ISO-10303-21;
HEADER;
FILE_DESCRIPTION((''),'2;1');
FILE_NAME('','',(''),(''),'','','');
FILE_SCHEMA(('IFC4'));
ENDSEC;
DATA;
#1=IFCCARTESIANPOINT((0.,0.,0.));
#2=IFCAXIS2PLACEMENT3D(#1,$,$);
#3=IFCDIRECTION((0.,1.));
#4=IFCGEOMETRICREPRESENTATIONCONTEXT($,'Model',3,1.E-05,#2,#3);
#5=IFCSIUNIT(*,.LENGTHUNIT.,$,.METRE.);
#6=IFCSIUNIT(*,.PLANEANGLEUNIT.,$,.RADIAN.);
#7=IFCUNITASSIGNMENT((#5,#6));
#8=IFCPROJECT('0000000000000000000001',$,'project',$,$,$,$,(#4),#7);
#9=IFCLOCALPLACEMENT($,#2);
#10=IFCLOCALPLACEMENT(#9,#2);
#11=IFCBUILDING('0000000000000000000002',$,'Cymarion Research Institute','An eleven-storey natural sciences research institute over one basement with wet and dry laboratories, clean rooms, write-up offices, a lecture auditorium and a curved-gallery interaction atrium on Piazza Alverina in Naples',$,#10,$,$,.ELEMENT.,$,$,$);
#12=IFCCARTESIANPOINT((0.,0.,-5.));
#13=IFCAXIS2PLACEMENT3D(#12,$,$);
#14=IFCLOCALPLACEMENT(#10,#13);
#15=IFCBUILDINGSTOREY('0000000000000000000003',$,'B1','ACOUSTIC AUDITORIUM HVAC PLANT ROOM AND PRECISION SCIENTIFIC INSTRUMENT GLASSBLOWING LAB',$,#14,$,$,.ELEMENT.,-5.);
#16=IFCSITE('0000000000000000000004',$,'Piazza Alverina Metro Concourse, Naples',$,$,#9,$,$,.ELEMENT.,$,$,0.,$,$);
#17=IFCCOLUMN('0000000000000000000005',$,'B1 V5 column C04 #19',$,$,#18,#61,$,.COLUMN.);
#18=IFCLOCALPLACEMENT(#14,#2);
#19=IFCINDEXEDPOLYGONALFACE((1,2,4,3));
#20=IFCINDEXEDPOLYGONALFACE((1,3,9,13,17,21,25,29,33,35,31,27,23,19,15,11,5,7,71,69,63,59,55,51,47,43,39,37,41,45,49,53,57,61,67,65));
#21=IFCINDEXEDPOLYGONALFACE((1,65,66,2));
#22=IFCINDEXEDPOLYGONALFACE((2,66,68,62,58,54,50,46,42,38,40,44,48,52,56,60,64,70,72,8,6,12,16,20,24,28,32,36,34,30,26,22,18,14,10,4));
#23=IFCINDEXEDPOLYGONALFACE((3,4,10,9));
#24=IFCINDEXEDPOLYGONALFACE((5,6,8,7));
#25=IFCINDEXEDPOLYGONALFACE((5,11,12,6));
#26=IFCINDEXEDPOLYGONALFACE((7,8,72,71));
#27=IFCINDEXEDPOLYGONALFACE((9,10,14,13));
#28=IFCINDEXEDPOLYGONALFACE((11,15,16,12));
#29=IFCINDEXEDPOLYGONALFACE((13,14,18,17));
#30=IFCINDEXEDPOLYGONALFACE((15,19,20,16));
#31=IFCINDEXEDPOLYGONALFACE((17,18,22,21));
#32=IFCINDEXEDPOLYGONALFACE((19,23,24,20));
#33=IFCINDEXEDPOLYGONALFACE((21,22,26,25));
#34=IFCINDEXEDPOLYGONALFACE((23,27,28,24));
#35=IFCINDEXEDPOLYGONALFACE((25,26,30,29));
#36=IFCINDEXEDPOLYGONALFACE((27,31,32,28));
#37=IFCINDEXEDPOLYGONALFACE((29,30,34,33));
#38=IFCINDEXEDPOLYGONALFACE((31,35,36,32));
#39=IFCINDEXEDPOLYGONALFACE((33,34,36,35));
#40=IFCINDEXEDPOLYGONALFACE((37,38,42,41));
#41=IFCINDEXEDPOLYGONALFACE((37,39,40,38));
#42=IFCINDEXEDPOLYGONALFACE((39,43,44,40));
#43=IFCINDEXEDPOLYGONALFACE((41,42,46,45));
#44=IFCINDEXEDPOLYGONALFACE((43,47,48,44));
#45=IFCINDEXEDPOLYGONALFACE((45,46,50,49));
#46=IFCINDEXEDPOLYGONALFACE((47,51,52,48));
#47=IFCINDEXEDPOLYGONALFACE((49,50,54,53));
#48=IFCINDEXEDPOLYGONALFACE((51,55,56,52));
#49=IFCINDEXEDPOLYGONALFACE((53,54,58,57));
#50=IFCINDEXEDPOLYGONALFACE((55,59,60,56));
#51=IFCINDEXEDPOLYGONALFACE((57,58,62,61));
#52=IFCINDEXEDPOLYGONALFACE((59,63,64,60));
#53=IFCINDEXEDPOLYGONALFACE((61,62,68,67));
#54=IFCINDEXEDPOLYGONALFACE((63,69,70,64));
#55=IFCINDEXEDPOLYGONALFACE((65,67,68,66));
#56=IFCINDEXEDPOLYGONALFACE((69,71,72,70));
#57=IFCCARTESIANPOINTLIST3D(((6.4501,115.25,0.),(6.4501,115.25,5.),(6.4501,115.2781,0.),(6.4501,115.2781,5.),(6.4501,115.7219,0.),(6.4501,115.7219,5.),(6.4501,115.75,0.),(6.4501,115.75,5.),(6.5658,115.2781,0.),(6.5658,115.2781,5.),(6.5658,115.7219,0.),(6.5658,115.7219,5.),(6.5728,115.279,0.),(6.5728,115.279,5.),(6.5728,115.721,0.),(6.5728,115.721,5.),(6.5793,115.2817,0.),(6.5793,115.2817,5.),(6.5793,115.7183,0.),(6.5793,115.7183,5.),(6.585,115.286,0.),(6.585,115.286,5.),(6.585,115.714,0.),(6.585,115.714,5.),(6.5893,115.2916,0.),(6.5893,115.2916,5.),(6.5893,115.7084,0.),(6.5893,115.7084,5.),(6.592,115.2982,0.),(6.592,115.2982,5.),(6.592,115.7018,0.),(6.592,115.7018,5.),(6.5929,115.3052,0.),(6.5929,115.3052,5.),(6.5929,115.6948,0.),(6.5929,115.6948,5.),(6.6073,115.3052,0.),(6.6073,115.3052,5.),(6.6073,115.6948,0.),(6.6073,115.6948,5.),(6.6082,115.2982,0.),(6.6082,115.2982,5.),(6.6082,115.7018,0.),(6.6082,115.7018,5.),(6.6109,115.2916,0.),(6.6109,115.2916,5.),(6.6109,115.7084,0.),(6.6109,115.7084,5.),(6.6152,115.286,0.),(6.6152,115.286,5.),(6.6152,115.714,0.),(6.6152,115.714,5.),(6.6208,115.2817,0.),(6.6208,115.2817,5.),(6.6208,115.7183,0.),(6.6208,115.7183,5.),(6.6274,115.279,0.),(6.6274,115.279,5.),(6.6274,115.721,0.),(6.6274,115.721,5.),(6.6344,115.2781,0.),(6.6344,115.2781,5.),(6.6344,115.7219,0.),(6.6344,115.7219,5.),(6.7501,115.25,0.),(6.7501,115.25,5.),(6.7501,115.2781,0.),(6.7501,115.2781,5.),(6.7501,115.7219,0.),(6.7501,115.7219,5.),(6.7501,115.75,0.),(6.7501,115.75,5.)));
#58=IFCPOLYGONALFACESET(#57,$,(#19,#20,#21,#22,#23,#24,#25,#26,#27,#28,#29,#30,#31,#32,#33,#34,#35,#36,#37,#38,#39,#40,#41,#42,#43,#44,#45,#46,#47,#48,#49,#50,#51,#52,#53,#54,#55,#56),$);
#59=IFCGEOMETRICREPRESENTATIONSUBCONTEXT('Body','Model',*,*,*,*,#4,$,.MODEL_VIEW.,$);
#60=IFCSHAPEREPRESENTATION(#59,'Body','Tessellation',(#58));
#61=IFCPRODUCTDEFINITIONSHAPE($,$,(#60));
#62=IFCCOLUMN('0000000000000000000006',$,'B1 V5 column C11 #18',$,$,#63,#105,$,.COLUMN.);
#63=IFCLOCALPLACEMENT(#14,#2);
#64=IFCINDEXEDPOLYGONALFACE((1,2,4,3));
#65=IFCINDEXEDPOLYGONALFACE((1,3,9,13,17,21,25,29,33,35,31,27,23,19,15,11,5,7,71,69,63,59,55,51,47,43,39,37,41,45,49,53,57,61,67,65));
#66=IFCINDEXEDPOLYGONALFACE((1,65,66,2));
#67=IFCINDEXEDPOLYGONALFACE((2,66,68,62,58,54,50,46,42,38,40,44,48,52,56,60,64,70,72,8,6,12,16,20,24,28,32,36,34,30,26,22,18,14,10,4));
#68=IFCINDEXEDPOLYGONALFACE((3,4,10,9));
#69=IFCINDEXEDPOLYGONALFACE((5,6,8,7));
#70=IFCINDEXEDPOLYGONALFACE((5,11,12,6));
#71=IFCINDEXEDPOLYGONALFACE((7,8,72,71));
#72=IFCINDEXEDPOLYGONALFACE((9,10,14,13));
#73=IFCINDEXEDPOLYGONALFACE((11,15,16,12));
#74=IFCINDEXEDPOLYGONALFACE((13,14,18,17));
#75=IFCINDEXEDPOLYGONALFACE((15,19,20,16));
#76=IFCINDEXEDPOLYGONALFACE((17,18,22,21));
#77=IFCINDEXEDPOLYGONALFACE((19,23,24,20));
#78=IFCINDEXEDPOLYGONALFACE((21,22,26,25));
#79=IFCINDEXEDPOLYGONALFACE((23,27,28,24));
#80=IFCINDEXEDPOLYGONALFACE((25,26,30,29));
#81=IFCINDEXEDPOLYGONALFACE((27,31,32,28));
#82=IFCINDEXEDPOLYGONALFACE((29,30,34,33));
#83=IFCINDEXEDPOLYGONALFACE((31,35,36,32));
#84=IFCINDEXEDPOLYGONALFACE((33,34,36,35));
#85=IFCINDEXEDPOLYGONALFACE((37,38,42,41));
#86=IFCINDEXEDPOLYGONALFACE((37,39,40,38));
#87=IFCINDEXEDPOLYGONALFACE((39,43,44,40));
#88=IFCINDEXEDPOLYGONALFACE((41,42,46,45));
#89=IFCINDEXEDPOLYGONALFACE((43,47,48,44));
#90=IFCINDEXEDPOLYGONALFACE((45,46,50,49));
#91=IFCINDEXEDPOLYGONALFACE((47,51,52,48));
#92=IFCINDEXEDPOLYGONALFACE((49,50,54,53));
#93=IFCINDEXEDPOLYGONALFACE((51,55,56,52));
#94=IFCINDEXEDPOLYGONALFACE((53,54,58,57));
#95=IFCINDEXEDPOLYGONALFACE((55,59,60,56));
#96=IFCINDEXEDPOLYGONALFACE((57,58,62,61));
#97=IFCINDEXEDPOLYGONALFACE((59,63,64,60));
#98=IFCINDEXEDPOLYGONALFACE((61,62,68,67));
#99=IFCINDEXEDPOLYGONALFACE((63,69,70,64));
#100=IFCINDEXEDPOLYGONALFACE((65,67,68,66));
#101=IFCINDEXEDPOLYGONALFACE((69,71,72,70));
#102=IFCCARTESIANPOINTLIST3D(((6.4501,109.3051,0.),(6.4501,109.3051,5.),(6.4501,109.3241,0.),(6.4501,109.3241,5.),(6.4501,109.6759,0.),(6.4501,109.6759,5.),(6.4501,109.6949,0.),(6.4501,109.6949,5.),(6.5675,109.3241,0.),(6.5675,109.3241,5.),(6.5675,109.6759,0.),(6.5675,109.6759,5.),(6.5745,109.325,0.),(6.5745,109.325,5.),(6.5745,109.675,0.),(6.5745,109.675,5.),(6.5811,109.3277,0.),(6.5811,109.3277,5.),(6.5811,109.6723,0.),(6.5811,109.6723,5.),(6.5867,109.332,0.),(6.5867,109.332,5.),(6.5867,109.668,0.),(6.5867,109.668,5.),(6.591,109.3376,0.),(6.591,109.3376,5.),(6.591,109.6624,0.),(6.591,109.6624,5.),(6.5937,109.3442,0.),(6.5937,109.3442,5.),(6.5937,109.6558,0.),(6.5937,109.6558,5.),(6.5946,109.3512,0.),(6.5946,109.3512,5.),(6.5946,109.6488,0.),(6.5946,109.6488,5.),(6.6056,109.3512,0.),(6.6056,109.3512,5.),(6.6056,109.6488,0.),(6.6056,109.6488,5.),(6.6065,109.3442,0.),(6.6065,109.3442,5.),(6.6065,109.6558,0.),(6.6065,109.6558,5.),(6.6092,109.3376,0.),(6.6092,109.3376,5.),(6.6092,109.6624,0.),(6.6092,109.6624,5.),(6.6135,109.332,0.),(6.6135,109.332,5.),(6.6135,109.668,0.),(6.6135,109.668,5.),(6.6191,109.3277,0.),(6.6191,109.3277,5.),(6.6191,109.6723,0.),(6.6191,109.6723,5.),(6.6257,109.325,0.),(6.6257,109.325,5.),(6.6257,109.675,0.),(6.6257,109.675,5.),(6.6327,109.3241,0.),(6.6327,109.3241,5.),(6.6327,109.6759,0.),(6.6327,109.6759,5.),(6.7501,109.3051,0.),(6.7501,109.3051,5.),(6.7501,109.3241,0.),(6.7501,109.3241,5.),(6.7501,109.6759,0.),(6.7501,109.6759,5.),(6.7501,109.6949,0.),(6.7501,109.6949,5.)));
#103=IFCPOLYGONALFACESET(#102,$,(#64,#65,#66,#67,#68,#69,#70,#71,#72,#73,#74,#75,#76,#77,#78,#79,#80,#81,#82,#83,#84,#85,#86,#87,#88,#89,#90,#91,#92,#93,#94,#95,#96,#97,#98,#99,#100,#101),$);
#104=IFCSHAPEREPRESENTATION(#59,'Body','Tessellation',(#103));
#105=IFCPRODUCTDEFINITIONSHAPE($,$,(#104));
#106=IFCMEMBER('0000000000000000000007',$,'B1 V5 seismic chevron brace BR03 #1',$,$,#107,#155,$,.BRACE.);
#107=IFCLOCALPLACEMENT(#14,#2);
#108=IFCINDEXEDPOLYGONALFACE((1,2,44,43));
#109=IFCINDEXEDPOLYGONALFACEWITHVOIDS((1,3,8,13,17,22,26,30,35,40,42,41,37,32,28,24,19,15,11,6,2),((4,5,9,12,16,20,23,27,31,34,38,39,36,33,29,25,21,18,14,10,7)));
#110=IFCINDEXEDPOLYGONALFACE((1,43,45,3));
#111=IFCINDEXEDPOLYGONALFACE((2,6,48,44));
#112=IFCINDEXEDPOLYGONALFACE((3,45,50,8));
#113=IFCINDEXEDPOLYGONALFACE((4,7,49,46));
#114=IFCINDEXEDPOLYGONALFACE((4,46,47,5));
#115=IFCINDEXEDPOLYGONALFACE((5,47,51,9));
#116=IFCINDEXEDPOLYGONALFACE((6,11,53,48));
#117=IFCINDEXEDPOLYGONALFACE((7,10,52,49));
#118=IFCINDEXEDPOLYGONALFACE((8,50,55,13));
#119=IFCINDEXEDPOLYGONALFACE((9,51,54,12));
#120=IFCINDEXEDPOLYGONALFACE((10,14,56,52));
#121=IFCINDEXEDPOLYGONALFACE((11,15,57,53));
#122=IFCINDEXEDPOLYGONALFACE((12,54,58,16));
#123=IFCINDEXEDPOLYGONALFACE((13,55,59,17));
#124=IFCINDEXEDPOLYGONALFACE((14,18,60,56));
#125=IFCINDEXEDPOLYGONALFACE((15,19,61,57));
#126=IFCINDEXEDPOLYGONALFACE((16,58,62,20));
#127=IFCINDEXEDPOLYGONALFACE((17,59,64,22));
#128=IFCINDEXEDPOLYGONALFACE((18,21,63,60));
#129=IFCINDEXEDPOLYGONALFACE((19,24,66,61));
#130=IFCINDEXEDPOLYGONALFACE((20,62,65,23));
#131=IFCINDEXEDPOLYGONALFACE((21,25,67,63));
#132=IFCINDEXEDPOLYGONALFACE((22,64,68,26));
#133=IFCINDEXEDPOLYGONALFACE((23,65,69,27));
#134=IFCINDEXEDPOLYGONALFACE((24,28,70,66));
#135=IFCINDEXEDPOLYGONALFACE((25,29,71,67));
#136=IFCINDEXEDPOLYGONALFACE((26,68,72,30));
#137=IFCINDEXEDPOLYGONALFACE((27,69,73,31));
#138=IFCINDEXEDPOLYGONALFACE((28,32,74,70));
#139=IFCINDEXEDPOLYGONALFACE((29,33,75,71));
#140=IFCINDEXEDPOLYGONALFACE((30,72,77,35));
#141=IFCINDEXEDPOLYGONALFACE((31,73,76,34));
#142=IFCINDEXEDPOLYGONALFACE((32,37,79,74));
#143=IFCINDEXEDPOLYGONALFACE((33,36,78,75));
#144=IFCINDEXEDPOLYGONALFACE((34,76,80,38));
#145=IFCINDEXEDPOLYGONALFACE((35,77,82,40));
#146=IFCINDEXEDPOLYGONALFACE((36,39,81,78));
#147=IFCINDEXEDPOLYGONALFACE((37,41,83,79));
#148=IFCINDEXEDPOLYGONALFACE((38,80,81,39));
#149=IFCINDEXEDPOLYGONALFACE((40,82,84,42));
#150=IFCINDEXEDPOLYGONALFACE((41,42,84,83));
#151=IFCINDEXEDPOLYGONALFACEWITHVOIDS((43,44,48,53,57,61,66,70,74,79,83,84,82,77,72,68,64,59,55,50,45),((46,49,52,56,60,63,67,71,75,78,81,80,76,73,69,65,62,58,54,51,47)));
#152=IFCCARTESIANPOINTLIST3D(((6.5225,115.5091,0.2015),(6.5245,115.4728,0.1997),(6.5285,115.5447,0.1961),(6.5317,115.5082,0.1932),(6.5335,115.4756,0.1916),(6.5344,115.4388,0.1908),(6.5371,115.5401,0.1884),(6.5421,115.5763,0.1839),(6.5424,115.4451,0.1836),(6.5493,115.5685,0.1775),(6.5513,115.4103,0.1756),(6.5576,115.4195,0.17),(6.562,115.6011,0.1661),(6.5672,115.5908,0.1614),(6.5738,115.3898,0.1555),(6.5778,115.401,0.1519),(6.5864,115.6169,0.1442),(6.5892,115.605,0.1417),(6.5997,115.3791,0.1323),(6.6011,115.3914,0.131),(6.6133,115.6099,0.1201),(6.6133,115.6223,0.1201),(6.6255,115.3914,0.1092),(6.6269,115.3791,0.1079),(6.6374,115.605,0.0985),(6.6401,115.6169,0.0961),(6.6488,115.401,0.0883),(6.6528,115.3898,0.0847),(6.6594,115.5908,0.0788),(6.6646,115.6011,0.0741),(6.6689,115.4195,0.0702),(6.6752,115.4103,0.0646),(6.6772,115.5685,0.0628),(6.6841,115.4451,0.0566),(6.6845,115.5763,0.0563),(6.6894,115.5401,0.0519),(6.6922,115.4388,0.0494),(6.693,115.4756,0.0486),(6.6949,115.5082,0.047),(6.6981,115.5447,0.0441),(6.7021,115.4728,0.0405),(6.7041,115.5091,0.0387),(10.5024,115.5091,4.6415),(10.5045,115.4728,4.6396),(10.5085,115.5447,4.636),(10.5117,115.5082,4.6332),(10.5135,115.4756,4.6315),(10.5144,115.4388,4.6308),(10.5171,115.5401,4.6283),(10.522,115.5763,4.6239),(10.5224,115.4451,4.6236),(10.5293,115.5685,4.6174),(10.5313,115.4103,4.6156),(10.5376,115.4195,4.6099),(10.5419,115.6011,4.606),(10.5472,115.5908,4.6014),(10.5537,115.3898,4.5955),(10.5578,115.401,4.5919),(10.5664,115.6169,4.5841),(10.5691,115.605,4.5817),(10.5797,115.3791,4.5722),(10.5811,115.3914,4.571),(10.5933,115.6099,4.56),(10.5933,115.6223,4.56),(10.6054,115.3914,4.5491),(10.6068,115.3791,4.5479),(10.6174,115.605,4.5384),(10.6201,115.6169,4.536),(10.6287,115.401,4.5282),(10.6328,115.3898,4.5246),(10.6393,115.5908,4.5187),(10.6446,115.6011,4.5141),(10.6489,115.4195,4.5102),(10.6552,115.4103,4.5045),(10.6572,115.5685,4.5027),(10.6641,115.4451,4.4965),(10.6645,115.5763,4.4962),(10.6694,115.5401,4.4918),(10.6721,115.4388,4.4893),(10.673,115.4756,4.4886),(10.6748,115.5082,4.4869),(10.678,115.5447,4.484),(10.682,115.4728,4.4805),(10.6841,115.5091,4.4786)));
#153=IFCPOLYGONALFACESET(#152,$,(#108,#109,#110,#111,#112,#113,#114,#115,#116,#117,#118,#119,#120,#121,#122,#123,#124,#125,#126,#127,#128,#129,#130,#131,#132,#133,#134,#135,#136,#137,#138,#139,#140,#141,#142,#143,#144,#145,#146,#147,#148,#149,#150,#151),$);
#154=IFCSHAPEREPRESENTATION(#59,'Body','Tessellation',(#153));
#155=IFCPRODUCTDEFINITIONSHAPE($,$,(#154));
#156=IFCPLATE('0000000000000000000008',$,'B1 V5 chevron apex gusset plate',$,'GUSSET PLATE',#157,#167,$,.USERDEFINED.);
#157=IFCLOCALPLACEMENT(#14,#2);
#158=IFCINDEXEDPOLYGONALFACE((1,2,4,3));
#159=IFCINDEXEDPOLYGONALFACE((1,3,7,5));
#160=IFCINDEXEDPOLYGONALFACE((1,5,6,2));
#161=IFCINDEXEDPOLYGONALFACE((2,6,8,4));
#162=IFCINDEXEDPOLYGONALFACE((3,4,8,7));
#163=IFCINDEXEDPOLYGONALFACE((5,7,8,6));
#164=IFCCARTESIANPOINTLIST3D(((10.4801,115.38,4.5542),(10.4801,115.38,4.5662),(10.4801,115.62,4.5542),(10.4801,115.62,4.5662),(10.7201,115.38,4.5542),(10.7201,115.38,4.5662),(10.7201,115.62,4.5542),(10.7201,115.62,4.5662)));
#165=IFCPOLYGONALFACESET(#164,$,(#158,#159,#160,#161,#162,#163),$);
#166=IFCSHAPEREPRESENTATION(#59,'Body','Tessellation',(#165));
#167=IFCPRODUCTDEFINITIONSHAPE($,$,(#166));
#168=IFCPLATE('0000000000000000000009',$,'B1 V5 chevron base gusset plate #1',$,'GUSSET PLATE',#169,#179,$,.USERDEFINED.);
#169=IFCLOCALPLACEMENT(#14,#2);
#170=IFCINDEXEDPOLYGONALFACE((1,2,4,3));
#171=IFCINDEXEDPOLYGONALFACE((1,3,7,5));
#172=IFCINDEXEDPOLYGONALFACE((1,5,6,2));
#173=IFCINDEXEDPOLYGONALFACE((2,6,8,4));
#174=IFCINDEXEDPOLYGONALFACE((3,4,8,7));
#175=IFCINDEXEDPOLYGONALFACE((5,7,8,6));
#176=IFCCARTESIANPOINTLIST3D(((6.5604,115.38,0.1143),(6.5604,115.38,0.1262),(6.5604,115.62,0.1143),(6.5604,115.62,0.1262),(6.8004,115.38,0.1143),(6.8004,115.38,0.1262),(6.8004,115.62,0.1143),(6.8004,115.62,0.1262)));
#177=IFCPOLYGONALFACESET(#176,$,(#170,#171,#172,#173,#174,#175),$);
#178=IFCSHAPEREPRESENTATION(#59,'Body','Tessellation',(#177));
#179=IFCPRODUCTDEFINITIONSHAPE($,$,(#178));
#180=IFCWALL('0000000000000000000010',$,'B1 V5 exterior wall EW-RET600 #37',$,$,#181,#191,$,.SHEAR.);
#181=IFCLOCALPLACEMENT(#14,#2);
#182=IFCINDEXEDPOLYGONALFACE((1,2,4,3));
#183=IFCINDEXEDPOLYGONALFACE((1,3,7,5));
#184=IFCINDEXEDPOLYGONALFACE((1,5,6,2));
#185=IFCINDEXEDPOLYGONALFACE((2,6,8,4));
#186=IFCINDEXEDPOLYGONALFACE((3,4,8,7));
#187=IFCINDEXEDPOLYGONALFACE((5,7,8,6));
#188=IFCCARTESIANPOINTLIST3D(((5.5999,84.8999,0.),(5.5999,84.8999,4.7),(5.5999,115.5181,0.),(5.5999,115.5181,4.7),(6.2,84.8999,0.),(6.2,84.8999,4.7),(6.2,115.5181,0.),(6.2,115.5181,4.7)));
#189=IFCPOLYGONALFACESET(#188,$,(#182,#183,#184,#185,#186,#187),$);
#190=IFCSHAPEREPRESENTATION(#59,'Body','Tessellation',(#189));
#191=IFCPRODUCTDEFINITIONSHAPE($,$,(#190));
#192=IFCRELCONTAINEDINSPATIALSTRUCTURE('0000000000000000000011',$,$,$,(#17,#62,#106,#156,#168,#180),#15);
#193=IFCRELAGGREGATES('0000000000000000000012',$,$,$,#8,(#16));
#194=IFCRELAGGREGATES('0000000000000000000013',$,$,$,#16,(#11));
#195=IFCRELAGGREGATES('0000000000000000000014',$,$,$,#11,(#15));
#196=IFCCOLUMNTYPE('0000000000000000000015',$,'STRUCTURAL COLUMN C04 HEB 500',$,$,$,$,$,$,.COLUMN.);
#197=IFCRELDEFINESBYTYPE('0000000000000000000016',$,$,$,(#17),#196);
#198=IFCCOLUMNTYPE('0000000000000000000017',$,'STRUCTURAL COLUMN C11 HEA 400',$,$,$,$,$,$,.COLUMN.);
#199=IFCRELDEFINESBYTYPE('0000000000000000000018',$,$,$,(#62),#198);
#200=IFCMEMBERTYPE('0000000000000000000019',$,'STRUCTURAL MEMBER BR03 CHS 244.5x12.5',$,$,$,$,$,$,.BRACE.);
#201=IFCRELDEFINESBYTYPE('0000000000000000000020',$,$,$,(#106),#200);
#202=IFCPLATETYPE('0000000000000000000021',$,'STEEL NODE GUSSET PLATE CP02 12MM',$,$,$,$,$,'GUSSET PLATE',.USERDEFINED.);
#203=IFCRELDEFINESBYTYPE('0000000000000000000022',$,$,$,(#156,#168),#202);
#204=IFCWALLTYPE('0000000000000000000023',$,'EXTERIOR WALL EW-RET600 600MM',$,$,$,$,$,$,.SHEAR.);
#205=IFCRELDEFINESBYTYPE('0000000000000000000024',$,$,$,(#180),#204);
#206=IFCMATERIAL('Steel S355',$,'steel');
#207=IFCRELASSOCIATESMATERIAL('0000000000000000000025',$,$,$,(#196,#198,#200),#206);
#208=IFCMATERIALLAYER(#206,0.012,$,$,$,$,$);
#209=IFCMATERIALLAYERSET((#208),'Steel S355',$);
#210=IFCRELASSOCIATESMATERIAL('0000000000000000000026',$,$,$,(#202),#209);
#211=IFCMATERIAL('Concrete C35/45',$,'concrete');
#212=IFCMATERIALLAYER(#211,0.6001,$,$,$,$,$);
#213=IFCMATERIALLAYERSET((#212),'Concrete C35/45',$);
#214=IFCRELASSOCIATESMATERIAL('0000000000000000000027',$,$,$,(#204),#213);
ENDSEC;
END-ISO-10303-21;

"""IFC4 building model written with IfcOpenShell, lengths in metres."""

from ifc_helpers import new_model, si_unit, direction, frame, frame_2d, origin, origin_2d, place, context, subcontext, project, spatial, rectangle, hollow_circle, i_section, extrude, material, layer, layer_set, material_profile, profile_set, type_object, element, save


model = new_model("IFC4")

# Units and contexts
model_context = context("Model", 3, precision=1e-05, world=origin(), true_north=direction((0.0, 1.0)))
body_context = subcontext(model_context, "Body", "Model", "MODEL_VIEW")
ifc_project = project(units=[si_unit("LENGTHUNIT", "METRE"), si_unit("PLANEANGLEUNIT", "RADIAN")], contexts=[model_context])

# Site, building, storey
site_placement = place(None, origin())
site = spatial("IfcSite", under=ifc_project, at=site_placement, Name="Piazza Alverina Metro Concourse, Naples", CompositionType="ELEMENT", RefElevation=0.0)
building_placement = place(site_placement, origin())
building = spatial("IfcBuilding", under=site, at=building_placement, Name="Cymarion Research Institute", Description="An eleven-storey natural sciences research institute over one basement with wet and dry laboratories, clean rooms, write-up offices, a lecture auditorium and a curved-gallery interaction atrium on Piazza Alverina in Naples", CompositionType="ELEMENT")
storey_placement = place(building_placement, frame((0.0, 0.0, -5.0)))
storey = spatial("IfcBuildingStorey", under=building, at=storey_placement, Name="B1", Description="ACOUSTIC AUDITORIUM HVAC PLANT ROOM AND PRECISION SCIENTIFIC INSTRUMENT GLASSBLOWING LAB", CompositionType="ELEMENT", Elevation=-5.0)

# Shared definitions
ifc_material_1 = material(Name="Concrete C35/45", Category="concrete")

# Columns
ifc_material_2 = material(Name="Steel S355", Category="steel")
ifc_material_profile_1 = material_profile(ifc_material_2, i_section(OverallWidth=0.3, OverallDepth=0.5, WebThickness=0.0144, FlangeThickness=0.0281, FilletRadius=0.0271, at=origin_2d()), Name="HEB 500")
ifc_profile_set_1 = profile_set([ifc_material_profile_1], Name="Steel S355")
column_type_1 = type_object("IfcColumnType", Name="STRUCTURAL COLUMN C04 HEB 500", PredefinedType="COLUMN", material=ifc_profile_set_1)
for number, where, z_axis, x_axis, name in (
    (1, (6.6001, 115.5, 0.0), (0.0, 0.0, 1.0), (1.0, 0.0, 0.0), "B1 V5 column C04 #19"),
):
    element("IfcColumn", number, at=place(storey_placement, frame(where, z_axis=z_axis, x_axis=x_axis)), inside=storey, type_object=column_type_1, Name=name, PredefinedType="COLUMN", context=body_context, shape_type="SweptSolid", body=[
        extrude(i_section(OverallWidth=0.3, OverallDepth=0.5, WebThickness=0.0144, FlangeThickness=0.0281, FilletRadius=0.0271, at=origin_2d()), origin(), (0.0, 0.0, 1.0), 5.0),
    ])
ifc_material_profile_2 = material_profile(ifc_material_2, i_section(OverallWidth=0.3, OverallDepth=0.3899, WebThickness=0.011, FlangeThickness=0.019, FilletRadius=0.0271, at=origin_2d()), Name="HEA 400")
ifc_profile_set_2 = profile_set([ifc_material_profile_2], Name="Steel S355")
column_type_2 = type_object("IfcColumnType", Name="STRUCTURAL COLUMN C11 HEA 400", PredefinedType="COLUMN", material=ifc_profile_set_2)
column_placement = place(storey_placement, frame((6.6001, 109.5, 0.0), z_axis=(0.0, 0.0, 1.0), x_axis=(1.0, 0.0, 0.0)))
element("IfcColumn", 2, at=column_placement, inside=storey, type_object=column_type_2, Name="B1 V5 column C11 #18", PredefinedType="COLUMN", context=body_context, shape_type="SweptSolid", body=[
    extrude(i_section(OverallWidth=0.3, OverallDepth=0.3899, WebThickness=0.011, FlangeThickness=0.019, FilletRadius=0.0271, at=origin_2d()), origin(), (0.0, 0.0, 1.0), 5.0),
])

# Member
ifc_material_profile_3 = material_profile(ifc_material_2, hollow_circle(Radius=0.1223, WallThickness=0.0125, at=origin_2d()), Name="CHS 244.5x12.5")
ifc_profile_set_3 = profile_set([ifc_material_profile_3], Name="Steel S355")
member_type = type_object("IfcMemberType", Name="STRUCTURAL MEMBER BR03 CHS 244.5x12.5", PredefinedType="BRACE", material=ifc_profile_set_3)
member_placement = place(storey_placement, frame((6.6133, 115.5, 0.1201), z_axis=(0.667484, 0.0, 0.744624), x_axis=(0.0, 1.0, 0.0)))
element("IfcMember", 3, at=member_placement, inside=storey, type_object=member_type, Name="B1 V5 seismic chevron brace BR03 #1", PredefinedType="BRACE", context=body_context, shape_type="SweptSolid", body=[
    extrude(hollow_circle(Radius=0.1223, WallThickness=0.0125, at=origin_2d()), origin(), (0.0, 0.0, 1.0), 5.9626),
])

# Plates
ifc_layer_1 = layer(ifc_material_2, 0.012)
ifc_layer_set_1 = layer_set([ifc_layer_1], Name="Steel S355")
plate_type = type_object("IfcPlateType", Name="STEEL NODE GUSSET PLATE CP02 12MM", ElementType="GUSSET PLATE", PredefinedType="USERDEFINED", material=ifc_layer_set_1)
for number, where, z_axis, x_axis, name in (
    (4, (10.6001, 115.5, 4.5542), (0.0, 0.0, 1.0), (1.0, 0.0, 0.0), "B1 V5 chevron apex gusset plate"),
    (5, (6.6804, 115.5, 0.1143), (0.0, 0.0, 1.0), (1.0, 0.0, 0.0), "B1 V5 chevron base gusset plate #1"),
):
    element("IfcPlate", number, at=place(storey_placement, frame(where, z_axis=z_axis, x_axis=x_axis)), inside=storey, type_object=plate_type, Name=name, ObjectType="GUSSET PLATE", PredefinedType="USERDEFINED", context=body_context, shape_type="SweptSolid", body=[
        extrude(rectangle(XDim=0.24, YDim=0.24, at=origin_2d()), origin(), (0.0, 0.0, 1.0), 0.012),
    ])

# Wall
ifc_layer_2 = layer(ifc_material_1, 0.6001)
ifc_layer_set_2 = layer_set([ifc_layer_2], Name="Concrete C35/45")
wall_type_1 = type_object("IfcWallType", Name="EXTERIOR WALL EW-RET600 600MM", PredefinedType="SHEAR", material=ifc_layer_set_2)
wall_1_placement = place(storey_placement, frame((5.8999, 115.5181, 0.0), z_axis=(0.0, 0.0, 1.0), x_axis=(0.0, -1.0, 0.0)))
element("IfcWall", 6, at=wall_1_placement, inside=storey, type_object=wall_type_1, Name="B1 V5 exterior wall EW-RET600 #37", PredefinedType="SHEAR", context=body_context, shape_type="SweptSolid", body=[
    extrude(rectangle(XDim=30.6182, YDim=0.6001, at=frame_2d((15.3091, 0.0))), origin(), (0.0, 0.0, 1.0), 4.7),
])

save(model, "model.ifc")
